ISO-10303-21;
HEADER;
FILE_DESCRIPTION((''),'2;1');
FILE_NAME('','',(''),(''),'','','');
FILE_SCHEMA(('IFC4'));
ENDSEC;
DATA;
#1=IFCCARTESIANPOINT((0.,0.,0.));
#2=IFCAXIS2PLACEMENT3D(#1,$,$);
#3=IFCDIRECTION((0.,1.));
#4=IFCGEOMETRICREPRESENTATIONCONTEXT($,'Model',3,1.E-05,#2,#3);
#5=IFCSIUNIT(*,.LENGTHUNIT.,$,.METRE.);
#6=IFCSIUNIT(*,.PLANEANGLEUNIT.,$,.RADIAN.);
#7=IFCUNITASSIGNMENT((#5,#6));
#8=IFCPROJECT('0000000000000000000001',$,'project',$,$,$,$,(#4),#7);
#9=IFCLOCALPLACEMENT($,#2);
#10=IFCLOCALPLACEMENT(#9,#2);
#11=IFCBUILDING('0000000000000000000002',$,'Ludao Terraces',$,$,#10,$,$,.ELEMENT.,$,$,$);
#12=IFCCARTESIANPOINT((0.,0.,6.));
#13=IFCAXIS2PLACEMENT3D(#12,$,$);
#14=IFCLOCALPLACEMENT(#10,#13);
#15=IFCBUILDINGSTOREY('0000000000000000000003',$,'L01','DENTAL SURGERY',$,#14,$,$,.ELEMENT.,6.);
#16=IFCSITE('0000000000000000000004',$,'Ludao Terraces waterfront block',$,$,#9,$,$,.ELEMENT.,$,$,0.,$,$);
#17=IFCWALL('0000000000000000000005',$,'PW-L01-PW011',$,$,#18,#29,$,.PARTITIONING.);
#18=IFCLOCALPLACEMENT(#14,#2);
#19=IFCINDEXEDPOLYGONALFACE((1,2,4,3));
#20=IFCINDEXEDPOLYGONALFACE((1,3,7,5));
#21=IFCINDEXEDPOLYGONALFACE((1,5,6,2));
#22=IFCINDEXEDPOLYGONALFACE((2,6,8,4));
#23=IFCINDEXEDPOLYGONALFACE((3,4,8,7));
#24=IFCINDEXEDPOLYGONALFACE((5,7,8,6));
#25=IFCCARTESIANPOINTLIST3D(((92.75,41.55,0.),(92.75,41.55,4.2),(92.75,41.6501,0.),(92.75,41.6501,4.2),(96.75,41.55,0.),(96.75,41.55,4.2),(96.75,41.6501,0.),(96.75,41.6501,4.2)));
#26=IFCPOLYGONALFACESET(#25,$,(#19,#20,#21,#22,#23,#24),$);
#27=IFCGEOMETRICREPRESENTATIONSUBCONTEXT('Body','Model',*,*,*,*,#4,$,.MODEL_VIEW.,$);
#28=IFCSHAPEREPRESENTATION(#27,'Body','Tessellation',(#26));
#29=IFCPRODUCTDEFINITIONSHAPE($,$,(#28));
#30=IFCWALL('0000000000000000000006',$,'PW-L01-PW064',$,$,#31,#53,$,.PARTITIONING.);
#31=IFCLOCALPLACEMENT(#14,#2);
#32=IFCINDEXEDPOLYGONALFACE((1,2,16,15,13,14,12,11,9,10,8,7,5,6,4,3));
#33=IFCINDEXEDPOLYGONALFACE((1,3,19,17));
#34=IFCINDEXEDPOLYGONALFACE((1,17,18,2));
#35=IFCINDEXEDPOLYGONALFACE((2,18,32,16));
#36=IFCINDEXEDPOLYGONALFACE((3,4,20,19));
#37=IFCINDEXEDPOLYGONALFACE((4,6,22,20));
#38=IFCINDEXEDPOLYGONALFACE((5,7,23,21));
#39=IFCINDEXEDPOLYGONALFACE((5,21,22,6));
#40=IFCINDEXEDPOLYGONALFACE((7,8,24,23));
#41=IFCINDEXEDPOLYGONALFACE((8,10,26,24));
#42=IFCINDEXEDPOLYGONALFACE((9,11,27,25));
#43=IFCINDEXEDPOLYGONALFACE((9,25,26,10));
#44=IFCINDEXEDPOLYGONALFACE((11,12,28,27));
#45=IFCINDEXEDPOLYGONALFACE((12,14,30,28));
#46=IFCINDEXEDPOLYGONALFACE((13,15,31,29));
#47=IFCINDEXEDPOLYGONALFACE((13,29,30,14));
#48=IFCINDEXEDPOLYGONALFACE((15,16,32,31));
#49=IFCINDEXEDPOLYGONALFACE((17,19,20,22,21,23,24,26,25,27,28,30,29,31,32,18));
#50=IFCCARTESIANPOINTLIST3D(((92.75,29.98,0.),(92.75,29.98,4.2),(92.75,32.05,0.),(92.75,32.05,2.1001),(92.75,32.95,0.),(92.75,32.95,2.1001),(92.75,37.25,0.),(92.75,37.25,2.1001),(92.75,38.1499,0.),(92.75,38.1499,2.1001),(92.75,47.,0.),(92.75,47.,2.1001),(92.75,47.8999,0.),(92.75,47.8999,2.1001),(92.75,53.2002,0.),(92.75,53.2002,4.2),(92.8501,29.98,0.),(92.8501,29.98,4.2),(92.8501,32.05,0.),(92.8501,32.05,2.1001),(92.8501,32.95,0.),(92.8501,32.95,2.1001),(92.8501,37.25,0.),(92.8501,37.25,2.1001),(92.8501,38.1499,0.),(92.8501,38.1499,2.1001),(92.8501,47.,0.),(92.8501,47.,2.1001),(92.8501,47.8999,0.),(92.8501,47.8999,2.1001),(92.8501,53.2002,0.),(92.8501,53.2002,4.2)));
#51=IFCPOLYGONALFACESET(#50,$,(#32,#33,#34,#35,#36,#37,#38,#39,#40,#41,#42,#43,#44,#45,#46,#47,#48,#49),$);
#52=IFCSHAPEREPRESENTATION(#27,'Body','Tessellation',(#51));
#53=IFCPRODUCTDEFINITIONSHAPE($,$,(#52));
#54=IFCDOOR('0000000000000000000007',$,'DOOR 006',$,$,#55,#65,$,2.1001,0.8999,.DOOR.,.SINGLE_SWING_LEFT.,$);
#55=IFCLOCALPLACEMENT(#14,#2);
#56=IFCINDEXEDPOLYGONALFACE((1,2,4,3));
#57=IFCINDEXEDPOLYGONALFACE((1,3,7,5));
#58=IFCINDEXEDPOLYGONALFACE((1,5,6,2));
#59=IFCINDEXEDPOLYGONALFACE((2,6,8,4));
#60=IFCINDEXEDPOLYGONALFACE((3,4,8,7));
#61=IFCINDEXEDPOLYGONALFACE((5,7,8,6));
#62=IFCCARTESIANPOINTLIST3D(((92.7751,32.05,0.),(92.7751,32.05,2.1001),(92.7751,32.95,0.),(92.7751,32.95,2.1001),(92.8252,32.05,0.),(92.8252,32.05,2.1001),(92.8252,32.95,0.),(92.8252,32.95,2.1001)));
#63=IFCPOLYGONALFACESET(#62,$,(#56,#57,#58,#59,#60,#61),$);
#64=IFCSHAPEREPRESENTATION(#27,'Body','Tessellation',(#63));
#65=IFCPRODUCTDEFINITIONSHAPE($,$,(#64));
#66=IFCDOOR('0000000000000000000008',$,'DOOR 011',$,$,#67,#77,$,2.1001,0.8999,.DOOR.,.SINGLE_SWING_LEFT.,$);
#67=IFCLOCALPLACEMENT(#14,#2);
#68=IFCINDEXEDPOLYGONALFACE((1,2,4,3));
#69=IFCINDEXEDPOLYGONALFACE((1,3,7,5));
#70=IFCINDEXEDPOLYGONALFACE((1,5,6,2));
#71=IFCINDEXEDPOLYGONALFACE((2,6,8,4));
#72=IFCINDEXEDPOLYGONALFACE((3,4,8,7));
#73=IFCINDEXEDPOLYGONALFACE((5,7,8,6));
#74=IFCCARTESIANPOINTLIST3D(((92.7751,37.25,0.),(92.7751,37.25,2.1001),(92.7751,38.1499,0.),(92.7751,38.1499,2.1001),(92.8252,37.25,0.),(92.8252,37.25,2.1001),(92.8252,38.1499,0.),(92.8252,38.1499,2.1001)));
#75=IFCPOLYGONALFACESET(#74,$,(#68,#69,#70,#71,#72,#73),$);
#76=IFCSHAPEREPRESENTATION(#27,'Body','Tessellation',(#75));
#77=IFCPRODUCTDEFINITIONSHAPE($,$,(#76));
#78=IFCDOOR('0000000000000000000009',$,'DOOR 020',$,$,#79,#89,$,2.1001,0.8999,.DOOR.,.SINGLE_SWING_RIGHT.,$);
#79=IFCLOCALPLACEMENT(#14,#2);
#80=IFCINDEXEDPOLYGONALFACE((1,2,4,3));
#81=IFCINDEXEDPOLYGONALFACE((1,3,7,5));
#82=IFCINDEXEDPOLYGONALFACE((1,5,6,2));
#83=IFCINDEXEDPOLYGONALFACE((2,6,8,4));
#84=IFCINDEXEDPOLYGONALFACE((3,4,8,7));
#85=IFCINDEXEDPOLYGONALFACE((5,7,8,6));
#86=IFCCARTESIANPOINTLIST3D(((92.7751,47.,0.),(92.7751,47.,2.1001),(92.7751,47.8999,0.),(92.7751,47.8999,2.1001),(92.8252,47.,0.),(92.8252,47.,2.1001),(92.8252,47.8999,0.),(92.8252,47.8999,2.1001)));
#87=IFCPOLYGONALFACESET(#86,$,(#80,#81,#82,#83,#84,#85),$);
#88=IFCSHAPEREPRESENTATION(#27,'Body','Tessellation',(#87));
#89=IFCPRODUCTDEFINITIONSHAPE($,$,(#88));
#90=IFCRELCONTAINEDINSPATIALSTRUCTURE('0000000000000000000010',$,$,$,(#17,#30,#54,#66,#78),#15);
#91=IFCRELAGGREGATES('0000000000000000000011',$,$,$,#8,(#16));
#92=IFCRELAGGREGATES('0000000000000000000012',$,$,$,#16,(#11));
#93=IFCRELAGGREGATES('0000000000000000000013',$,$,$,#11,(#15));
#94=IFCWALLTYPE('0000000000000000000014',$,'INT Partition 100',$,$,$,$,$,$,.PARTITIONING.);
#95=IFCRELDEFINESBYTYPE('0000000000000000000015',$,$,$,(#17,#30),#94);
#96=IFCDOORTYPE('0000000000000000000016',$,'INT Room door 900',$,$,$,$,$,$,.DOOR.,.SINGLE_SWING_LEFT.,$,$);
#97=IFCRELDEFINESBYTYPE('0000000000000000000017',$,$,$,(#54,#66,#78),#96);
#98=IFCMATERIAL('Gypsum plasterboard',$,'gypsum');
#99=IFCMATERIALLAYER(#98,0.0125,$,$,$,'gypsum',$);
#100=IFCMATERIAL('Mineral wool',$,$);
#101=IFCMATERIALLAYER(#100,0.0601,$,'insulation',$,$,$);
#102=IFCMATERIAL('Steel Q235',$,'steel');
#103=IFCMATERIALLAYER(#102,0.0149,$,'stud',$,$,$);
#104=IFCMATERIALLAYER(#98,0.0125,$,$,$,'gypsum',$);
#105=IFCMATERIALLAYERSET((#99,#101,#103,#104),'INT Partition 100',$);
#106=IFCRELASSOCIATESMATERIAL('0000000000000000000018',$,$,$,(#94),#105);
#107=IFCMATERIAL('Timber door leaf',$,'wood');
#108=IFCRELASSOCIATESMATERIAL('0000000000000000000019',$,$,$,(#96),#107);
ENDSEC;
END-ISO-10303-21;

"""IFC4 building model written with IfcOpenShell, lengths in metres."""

from ifc_helpers import new_model, si_unit, direction, frame, frame_2d, origin, place, context, subcontext, project, spatial, rectangle, extrude, material, layer, layer_set, type_object, element, fill, save


model = new_model("IFC4")

# Units and contexts
model_context = context("Model", 3, precision=1e-05, world=origin(), true_north=direction((0.0, 1.0)))
body_context = subcontext(model_context, "Body", "Model", "MODEL_VIEW")
ifc_project = project(units=[si_unit("LENGTHUNIT", "METRE"), si_unit("PLANEANGLEUNIT", "RADIAN")], contexts=[model_context])

# Site, building, storey
site_placement = place(None, origin())
site = spatial("IfcSite", under=ifc_project, at=site_placement, Name="Ludao Terraces waterfront block", CompositionType="ELEMENT", RefElevation=0.0)
building_placement = place(site_placement, origin())
building = spatial("IfcBuilding", under=site, at=building_placement, Name="Ludao Terraces", CompositionType="ELEMENT")
storey_placement = place(building_placement, frame((0.0, 0.0, 6.0)))
storey = spatial("IfcBuildingStorey", under=building, at=storey_placement, Name="L01", Description="DENTAL SURGERY", CompositionType="ELEMENT", Elevation=6.0)

# Shared definitions
ifc_material_1 = material(Name="Steel Q235", Category="steel")

# Wall
ifc_material_2 = material(Name="Gypsum plasterboard", Category="gypsum")
ifc_layer_1 = layer(ifc_material_2, 0.0125, Category="gypsum")
ifc_material_3 = material(Name="Mineral wool")
ifc_layer_2 = layer(ifc_material_3, 0.0601, Name="insulation")
ifc_layer_3 = layer(ifc_material_1, 0.0149, Name="stud")
ifc_layer_4 = layer(ifc_material_2, 0.0125, Category="gypsum")
ifc_layer_set_1 = layer_set([ifc_layer_1, ifc_layer_2, ifc_layer_3, ifc_layer_4], Name="INT Partition 100")
wall_type_1 = type_object("IfcWallType", Name="INT Partition 100", PredefinedType="PARTITIONING", material=ifc_layer_set_1)
wall_1_placement = place(storey_placement, frame((92.75, 41.6001, 0.0), z_axis=(0.0, 0.0, 1.0), x_axis=(1.0, 0.0, 0.0)))
element("IfcWall", 1, at=wall_1_placement, inside=storey, type_object=wall_type_1, Name="PW-L01-PW011", PredefinedType="PARTITIONING", context=body_context, shape_type="SweptSolid", body=[
    extrude(rectangle(XDim=4.0, YDim=0.1001, at=frame_2d((2.0, 0.0))), origin(), (0.0, 0.0, 1.0), 4.2),
])

# Wall, openings, doors
wall_2_placement = place(storey_placement, frame((92.8, 29.98, 0.0), z_axis=(0.0, 0.0, 1.0), x_axis=(0.0, 1.0, 0.0)))
wall_2 = element("IfcWall", 2, at=wall_2_placement, inside=storey, type_object=wall_type_1, Name="PW-L01-PW064", PredefinedType="PARTITIONING", context=body_context, shape_type="SweptSolid", body=[
    extrude(rectangle(XDim=23.2202, YDim=0.1001, at=frame_2d((11.6101, 0.0))), origin(), (0.0, 0.0, 1.0), 4.2),
])
opening_1_placement = place(wall_2_placement, frame((2.0701, 0.0, 0.0)))
opening_1 = element("IfcOpeningElement", 3, at=opening_1_placement, cuts=wall_2, PredefinedType="OPENING", context=body_context, shape_type="SweptSolid", body=[
    extrude(rectangle(XDim=0.8999, YDim=2.1001, at=frame_2d((0.45, 1.05))), frame((0.0, 0.0601, 0.0), z_axis=(0.0, -1.0, 0.0), x_axis=(1.0, 0.0, 0.0)), (0.0, 0.0, 1.0), 0.1201),
])
opening_2_placement = place(wall_2_placement, frame((7.27, 0.0, 0.0)))
opening_2 = element("IfcOpeningElement", 4, at=opening_2_placement, cuts=wall_2, PredefinedType="OPENING", context=body_context, shape_type="SweptSolid", body=[
    extrude(rectangle(XDim=0.8999, YDim=2.1001, at=frame_2d((0.45, 1.05))), frame((0.0, 0.0601, 0.0), z_axis=(0.0, -1.0, 0.0), x_axis=(1.0, 0.0, 0.0)), (0.0, 0.0, 1.0), 0.1201),
])
opening_3_placement = place(wall_2_placement, frame((17.02, 0.0, 0.0)))
opening_3 = element("IfcOpeningElement", 5, at=opening_3_placement, cuts=wall_2, PredefinedType="OPENING", context=body_context, shape_type="SweptSolid", body=[
    extrude(rectangle(XDim=0.8999, YDim=2.1001, at=frame_2d((0.45, 1.05))), frame((0.0, 0.0601, 0.0), z_axis=(0.0, -1.0, 0.0), x_axis=(1.0, 0.0, 0.0)), (0.0, 0.0, 1.0), 0.1201),
])
ifc_material_4 = material(Name="Timber door leaf", Category="wood")
door_type_1 = type_object("IfcDoorType", Name="INT Room door 900", OperationType="SINGLE_SWING_LEFT", PredefinedType="DOOR", material=ifc_material_4)
door_1_placement = place(opening_1_placement, origin())
door_1 = element("IfcDoor", 6, at=door_1_placement, inside=storey, type_object=door_type_1, Name="DOOR 006", OperationType="SINGLE_SWING_LEFT", OverallHeight=2.1001, OverallWidth=0.8999, PredefinedType="DOOR", context=body_context, shape_type="SweptSolid", body=[
    extrude(rectangle(XDim=0.8999, YDim=2.1001, at=frame_2d((0.45, 1.05))), frame((0.0, 0.0249, 0.0), z_axis=(0.0, -1.0, 0.0), x_axis=(1.0, 0.0, 0.0)), (0.0, 0.0, 1.0), 0.05),
])
fill(opening_1, door_1)
door_2_placement = place(opening_2_placement, origin())
door_2 = element("IfcDoor", 7, at=door_2_placement, inside=storey, type_object=door_type_1, Name="DOOR 011", OperationType="SINGLE_SWING_LEFT", OverallHeight=2.1001, OverallWidth=0.8999, PredefinedType="DOOR", context=body_context, shape_type="SweptSolid", body=[
    extrude(rectangle(XDim=0.8999, YDim=2.1001, at=frame_2d((0.45, 1.05))), frame((0.0, 0.0249, 0.0), z_axis=(0.0, -1.0, 0.0), x_axis=(1.0, 0.0, 0.0)), (0.0, 0.0, 1.0), 0.05),
])
fill(opening_2, door_2)
door_3_placement = place(opening_3_placement, origin())
door_3 = element("IfcDoor", 8, at=door_3_placement, inside=storey, type_object=door_type_1, Name="DOOR 020", OperationType="SINGLE_SWING_RIGHT", OverallHeight=2.1001, OverallWidth=0.8999, PredefinedType="DOOR", context=body_context, shape_type="SweptSolid", body=[
    extrude(rectangle(XDim=0.8999, YDim=2.1001, at=frame_2d((0.45, 1.05))), frame((0.0, 0.0249, 0.0), z_axis=(0.0, -1.0, 0.0), x_axis=(1.0, 0.0, 0.0)), (0.0, 0.0, 1.0), 0.05),
])
fill(opening_3, door_3)

save(model, "model.ifc")
